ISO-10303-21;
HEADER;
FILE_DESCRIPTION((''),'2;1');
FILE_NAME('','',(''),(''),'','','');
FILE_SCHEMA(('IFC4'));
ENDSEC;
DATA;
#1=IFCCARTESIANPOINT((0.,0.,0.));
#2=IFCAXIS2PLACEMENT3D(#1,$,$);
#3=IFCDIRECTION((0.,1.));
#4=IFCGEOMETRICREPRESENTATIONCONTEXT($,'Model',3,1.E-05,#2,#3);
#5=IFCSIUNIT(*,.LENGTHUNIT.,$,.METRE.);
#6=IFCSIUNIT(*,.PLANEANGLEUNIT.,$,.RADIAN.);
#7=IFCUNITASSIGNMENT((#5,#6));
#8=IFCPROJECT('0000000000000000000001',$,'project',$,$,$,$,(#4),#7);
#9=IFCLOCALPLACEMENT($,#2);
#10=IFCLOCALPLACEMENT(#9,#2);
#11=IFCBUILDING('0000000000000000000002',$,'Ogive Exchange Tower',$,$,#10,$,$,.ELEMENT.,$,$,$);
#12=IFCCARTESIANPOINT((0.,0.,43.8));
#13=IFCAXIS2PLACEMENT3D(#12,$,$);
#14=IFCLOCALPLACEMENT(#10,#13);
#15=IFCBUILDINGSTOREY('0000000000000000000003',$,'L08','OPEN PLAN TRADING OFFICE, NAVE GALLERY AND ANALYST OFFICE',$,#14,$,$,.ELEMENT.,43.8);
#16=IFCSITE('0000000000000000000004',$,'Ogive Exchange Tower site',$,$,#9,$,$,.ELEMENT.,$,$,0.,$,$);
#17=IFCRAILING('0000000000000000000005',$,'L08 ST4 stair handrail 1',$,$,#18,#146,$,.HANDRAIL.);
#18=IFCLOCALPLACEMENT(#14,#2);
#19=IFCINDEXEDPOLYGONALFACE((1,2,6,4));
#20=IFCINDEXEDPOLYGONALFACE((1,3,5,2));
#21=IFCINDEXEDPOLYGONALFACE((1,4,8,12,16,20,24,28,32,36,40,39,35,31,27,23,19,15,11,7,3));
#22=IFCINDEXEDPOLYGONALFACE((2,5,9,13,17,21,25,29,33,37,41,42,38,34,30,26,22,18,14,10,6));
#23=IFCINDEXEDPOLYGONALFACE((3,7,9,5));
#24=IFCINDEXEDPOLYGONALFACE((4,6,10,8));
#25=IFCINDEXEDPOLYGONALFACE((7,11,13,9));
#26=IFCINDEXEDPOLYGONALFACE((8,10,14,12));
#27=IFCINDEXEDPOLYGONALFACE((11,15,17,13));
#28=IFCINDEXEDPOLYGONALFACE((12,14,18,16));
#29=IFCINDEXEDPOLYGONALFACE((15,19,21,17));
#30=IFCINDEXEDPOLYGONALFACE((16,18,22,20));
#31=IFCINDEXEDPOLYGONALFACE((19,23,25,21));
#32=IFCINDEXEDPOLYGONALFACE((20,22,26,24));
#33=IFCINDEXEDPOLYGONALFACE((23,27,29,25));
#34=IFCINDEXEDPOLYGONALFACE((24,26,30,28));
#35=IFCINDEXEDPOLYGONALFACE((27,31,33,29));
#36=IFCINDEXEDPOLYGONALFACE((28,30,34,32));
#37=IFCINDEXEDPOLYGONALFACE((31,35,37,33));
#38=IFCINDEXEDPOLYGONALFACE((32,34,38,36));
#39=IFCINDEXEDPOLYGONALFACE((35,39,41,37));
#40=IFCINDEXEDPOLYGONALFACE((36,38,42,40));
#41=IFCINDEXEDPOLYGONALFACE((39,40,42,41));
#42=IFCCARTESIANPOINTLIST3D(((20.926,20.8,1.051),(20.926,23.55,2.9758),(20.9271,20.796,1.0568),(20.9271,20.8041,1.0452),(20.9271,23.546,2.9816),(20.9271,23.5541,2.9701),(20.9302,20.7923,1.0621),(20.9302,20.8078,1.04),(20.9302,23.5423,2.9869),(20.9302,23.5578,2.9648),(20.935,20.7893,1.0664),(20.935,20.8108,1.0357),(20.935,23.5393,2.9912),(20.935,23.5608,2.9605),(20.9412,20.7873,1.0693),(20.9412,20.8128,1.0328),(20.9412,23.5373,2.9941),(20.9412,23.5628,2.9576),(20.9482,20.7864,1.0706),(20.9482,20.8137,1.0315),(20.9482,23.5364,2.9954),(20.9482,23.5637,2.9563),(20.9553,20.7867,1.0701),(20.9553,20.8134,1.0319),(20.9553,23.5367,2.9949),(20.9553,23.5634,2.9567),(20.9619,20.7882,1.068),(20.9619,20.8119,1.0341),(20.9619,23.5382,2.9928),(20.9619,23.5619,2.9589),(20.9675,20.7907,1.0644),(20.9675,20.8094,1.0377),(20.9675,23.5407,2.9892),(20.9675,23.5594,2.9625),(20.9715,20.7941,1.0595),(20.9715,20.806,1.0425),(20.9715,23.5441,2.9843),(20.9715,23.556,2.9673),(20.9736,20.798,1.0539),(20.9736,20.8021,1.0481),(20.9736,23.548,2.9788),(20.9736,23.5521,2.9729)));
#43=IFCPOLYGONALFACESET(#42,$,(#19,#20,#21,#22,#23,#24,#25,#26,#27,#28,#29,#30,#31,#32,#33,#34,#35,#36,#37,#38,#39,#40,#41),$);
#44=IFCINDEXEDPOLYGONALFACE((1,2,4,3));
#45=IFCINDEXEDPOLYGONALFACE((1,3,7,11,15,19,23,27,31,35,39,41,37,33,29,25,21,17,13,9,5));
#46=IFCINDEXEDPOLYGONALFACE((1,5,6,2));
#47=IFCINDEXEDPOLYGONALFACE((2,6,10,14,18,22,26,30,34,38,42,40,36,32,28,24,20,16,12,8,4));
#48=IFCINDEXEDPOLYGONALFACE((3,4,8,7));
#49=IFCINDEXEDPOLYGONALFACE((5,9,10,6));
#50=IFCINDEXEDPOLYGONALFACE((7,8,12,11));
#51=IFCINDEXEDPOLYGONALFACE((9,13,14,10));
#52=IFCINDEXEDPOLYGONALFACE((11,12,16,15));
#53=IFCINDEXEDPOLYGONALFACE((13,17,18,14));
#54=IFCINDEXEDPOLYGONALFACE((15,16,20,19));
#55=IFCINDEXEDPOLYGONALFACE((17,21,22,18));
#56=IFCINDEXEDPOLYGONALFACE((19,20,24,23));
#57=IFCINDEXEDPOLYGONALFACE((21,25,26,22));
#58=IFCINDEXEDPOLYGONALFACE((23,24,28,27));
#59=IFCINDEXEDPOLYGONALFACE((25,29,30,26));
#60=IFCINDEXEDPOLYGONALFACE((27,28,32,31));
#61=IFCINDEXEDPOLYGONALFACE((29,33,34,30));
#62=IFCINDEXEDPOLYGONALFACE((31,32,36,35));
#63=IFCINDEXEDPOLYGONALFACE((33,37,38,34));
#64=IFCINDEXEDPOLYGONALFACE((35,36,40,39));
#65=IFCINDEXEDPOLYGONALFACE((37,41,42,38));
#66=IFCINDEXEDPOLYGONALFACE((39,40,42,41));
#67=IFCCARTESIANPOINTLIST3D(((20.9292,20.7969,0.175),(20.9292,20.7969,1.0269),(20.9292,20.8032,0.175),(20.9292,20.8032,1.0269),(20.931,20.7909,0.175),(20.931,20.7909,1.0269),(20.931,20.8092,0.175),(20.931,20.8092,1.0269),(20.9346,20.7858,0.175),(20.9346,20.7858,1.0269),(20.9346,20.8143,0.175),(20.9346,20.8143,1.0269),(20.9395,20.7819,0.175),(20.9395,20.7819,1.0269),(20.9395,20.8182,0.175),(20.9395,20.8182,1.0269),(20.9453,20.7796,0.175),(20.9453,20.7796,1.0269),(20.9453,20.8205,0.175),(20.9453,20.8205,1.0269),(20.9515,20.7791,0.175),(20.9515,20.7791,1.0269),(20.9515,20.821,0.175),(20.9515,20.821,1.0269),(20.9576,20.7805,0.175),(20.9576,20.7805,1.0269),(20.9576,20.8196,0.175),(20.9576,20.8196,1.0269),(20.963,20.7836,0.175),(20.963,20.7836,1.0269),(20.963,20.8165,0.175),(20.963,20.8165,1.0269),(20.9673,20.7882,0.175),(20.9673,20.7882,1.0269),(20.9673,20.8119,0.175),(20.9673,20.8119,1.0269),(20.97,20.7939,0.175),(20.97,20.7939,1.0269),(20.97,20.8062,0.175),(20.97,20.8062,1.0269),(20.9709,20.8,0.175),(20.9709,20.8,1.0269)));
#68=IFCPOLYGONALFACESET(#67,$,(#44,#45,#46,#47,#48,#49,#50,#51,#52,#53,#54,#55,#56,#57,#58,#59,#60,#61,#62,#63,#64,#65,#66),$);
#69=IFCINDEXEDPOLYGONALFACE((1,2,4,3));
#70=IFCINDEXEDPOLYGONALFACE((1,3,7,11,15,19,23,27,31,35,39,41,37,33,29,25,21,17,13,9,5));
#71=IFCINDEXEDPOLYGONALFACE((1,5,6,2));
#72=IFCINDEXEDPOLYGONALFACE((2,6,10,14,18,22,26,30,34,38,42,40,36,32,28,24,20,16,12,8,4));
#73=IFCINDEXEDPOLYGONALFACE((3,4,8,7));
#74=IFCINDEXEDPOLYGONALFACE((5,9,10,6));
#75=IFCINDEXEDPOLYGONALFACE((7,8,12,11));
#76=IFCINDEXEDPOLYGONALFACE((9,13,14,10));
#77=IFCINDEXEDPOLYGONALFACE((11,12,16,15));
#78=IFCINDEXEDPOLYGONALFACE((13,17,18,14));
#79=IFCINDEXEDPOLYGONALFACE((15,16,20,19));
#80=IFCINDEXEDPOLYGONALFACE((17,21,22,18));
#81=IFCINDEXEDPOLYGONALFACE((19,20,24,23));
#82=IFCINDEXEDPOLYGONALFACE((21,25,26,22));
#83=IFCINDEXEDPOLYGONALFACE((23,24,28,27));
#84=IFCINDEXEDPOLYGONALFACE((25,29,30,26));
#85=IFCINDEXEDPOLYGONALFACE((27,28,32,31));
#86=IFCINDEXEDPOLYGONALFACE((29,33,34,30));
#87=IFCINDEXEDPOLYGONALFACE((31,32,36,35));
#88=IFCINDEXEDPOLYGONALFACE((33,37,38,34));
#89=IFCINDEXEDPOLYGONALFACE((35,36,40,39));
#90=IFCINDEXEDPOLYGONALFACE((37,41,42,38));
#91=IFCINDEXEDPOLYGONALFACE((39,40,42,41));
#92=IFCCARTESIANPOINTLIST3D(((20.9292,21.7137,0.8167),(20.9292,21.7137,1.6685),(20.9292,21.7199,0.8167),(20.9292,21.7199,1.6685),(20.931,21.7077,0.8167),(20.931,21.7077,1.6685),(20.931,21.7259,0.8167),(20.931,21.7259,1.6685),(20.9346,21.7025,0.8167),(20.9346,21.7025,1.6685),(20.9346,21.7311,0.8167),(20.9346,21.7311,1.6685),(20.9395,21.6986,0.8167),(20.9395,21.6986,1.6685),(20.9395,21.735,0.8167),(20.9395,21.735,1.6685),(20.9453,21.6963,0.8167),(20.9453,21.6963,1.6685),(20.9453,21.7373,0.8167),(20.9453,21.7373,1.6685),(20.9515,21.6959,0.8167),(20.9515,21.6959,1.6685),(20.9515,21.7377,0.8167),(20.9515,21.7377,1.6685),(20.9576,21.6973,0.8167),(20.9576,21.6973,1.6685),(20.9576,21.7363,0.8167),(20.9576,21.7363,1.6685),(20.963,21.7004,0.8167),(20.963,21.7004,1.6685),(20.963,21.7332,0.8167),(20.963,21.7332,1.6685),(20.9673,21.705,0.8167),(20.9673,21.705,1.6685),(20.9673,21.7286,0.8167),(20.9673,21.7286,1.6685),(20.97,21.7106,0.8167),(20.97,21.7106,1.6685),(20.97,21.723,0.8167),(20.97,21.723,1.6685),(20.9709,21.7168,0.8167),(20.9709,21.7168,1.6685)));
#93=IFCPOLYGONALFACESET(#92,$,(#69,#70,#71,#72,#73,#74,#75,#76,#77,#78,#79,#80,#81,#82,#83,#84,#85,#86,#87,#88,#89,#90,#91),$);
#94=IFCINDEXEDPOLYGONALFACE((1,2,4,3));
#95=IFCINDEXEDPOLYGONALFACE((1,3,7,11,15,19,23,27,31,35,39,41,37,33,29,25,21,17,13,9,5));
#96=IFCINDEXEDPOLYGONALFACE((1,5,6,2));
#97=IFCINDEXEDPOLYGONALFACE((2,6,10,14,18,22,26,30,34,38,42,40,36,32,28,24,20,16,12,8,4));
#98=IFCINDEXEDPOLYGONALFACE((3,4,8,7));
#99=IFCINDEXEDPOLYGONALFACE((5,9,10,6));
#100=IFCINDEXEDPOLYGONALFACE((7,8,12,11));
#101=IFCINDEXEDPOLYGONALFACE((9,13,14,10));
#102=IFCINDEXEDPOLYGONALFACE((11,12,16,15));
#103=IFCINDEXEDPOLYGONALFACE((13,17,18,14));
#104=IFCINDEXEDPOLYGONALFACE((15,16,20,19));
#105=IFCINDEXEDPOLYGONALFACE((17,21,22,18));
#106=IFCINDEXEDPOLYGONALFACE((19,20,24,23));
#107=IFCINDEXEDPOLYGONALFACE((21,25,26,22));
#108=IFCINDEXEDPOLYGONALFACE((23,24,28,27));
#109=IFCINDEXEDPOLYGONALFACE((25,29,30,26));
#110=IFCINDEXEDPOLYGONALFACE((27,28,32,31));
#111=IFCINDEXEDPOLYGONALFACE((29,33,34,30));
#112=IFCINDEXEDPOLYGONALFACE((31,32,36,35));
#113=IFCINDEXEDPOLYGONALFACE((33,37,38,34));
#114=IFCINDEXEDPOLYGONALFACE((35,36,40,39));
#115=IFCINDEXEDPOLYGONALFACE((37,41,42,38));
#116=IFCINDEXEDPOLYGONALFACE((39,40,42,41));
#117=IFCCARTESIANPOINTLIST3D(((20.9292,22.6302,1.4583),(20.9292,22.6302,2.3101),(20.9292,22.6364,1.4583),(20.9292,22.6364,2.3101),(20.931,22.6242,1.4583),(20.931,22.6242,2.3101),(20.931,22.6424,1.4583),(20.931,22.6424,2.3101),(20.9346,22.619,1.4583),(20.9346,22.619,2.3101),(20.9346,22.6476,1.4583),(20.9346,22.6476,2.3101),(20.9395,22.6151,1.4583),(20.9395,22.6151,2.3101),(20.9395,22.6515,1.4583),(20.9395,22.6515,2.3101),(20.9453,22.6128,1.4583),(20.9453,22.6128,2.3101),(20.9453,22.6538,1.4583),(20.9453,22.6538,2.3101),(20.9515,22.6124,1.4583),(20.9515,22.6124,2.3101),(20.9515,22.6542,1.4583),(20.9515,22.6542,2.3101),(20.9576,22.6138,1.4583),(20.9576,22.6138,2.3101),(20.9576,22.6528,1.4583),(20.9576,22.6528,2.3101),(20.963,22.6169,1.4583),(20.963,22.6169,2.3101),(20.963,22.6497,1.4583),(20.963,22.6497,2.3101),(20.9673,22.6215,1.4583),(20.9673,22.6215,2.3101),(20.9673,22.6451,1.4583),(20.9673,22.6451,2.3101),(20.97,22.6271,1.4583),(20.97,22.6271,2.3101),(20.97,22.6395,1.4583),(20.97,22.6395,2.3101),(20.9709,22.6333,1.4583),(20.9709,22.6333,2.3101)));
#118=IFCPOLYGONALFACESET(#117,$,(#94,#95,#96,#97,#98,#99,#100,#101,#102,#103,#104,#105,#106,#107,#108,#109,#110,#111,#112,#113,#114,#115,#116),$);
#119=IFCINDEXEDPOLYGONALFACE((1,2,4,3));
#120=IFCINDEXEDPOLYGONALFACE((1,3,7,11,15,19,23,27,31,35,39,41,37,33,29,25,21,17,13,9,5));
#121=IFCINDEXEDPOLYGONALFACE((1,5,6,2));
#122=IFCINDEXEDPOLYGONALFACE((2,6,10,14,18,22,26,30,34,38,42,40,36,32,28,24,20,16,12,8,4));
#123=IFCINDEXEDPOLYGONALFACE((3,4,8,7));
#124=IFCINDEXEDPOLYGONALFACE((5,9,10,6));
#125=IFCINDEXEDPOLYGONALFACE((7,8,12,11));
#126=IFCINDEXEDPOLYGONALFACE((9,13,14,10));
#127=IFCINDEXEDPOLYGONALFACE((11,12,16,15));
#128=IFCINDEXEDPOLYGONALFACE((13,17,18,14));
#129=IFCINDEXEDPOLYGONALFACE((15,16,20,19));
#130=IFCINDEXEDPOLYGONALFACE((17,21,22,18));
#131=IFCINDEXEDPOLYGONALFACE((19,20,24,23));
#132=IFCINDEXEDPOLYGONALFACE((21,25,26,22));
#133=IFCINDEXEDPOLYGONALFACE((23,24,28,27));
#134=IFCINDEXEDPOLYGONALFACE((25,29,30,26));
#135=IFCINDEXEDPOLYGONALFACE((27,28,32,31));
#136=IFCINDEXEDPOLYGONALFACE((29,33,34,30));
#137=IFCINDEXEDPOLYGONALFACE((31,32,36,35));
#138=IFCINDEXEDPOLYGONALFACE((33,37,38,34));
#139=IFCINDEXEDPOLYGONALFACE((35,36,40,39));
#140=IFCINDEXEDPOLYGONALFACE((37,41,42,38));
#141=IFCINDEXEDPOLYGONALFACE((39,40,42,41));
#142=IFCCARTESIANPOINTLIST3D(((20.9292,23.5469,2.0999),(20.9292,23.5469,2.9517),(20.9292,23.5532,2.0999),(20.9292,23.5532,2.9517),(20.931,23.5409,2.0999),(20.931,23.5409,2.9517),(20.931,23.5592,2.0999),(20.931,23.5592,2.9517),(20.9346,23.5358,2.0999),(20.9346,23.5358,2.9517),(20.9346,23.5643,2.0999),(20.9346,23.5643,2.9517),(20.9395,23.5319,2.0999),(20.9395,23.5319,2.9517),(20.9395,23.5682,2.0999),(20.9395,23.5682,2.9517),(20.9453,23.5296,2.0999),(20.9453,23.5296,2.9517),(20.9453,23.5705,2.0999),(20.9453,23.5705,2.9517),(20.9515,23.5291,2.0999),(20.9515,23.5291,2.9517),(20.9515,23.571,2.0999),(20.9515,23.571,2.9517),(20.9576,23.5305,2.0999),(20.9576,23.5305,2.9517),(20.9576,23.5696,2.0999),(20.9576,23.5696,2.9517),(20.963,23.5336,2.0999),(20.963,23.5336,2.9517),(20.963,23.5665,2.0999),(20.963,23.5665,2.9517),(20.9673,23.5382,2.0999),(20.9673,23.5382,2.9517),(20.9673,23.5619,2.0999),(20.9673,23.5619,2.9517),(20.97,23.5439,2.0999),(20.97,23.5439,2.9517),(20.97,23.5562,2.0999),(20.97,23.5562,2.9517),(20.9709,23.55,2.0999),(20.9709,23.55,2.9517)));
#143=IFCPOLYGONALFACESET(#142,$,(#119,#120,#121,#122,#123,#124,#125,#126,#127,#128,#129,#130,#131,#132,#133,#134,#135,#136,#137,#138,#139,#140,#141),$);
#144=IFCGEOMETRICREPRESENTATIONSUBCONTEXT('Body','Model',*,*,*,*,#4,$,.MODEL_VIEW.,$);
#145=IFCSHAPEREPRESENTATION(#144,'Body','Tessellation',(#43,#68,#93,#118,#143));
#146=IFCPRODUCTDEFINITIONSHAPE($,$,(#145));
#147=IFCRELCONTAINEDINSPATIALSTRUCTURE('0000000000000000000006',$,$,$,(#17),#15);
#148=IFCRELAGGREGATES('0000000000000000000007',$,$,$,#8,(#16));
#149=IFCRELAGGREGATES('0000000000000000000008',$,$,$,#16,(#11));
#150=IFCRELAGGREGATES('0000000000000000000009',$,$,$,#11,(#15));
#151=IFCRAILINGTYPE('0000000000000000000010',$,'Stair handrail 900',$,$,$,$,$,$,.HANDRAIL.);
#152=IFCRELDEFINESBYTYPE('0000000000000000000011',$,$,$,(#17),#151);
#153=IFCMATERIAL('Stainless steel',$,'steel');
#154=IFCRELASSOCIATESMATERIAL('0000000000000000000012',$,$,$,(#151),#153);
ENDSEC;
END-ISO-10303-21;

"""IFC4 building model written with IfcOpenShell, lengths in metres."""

from ifc_helpers import new_model, si_unit, direction, frame, origin, origin_2d, place, context, subcontext, project, spatial, circle, extrude, material, type_object, element, save


model = new_model("IFC4")

# Units and contexts
model_context = context("Model", 3, precision=1e-05, world=origin(), true_north=direction((0.0, 1.0)))
body_context = subcontext(model_context, "Body", "Model", "MODEL_VIEW")
ifc_project = project(units=[si_unit("LENGTHUNIT", "METRE"), si_unit("PLANEANGLEUNIT", "RADIAN")], contexts=[model_context])

# Site, building, storey
site_placement = place(None, origin())
site = spatial("IfcSite", under=ifc_project, at=site_placement, Name="Ogive Exchange Tower site", CompositionType="ELEMENT", RefElevation=0.0)
building_placement = place(site_placement, origin())
building = spatial("IfcBuilding", under=site, at=building_placement, Name="Ogive Exchange Tower", CompositionType="ELEMENT")
storey_placement = place(building_placement, frame((0.0, 0.0, 43.8)))
storey = spatial("IfcBuildingStorey", under=building, at=storey_placement, Name="L08", Description="OPEN PLAN TRADING OFFICE, NAVE GALLERY AND ANALYST OFFICE", CompositionType="ELEMENT", Elevation=43.8)

# Railing
ifc_material_1 = material(Name="Stainless steel", Category="steel")
railing_type = type_object("IfcRailingType", Name="Stair handrail 900", PredefinedType="HANDRAIL", material=ifc_material_1)
railing_placement = place(storey_placement, frame((20.95, 20.8, 0.175)))
element("IfcRailing", 1, at=railing_placement, inside=storey, type_object=railing_type, Name="L08 ST4 stair handrail 1", PredefinedType="HANDRAIL", context=body_context, shape_type="SweptSolid", body=[
    extrude(circle(Radius=0.0239, at=origin_2d()), frame((0.0, 0.0, 0.876), z_axis=(0.0, 0.819259, 0.573423), x_axis=(-1.0, 0.0, 0.0)), (0.0, 0.0, 1.0), 3.3567),
    extrude(circle(Radius=0.021, at=origin_2d()), origin(), (0.0, 0.0, 1.0), 0.8518),
    extrude(circle(Radius=0.021, at=origin_2d()), frame((0.0, 0.9167, 0.6416)), (0.0, 0.0, 1.0), 0.8518),
    extrude(circle(Radius=0.021, at=origin_2d()), frame((0.0, 1.8333, 1.2832)), (0.0, 0.0, 1.0), 0.8518),
    extrude(circle(Radius=0.021, at=origin_2d()), frame((0.0, 2.75, 1.9248)), (0.0, 0.0, 1.0), 0.8518),
])

save(model, "model.ifc")
